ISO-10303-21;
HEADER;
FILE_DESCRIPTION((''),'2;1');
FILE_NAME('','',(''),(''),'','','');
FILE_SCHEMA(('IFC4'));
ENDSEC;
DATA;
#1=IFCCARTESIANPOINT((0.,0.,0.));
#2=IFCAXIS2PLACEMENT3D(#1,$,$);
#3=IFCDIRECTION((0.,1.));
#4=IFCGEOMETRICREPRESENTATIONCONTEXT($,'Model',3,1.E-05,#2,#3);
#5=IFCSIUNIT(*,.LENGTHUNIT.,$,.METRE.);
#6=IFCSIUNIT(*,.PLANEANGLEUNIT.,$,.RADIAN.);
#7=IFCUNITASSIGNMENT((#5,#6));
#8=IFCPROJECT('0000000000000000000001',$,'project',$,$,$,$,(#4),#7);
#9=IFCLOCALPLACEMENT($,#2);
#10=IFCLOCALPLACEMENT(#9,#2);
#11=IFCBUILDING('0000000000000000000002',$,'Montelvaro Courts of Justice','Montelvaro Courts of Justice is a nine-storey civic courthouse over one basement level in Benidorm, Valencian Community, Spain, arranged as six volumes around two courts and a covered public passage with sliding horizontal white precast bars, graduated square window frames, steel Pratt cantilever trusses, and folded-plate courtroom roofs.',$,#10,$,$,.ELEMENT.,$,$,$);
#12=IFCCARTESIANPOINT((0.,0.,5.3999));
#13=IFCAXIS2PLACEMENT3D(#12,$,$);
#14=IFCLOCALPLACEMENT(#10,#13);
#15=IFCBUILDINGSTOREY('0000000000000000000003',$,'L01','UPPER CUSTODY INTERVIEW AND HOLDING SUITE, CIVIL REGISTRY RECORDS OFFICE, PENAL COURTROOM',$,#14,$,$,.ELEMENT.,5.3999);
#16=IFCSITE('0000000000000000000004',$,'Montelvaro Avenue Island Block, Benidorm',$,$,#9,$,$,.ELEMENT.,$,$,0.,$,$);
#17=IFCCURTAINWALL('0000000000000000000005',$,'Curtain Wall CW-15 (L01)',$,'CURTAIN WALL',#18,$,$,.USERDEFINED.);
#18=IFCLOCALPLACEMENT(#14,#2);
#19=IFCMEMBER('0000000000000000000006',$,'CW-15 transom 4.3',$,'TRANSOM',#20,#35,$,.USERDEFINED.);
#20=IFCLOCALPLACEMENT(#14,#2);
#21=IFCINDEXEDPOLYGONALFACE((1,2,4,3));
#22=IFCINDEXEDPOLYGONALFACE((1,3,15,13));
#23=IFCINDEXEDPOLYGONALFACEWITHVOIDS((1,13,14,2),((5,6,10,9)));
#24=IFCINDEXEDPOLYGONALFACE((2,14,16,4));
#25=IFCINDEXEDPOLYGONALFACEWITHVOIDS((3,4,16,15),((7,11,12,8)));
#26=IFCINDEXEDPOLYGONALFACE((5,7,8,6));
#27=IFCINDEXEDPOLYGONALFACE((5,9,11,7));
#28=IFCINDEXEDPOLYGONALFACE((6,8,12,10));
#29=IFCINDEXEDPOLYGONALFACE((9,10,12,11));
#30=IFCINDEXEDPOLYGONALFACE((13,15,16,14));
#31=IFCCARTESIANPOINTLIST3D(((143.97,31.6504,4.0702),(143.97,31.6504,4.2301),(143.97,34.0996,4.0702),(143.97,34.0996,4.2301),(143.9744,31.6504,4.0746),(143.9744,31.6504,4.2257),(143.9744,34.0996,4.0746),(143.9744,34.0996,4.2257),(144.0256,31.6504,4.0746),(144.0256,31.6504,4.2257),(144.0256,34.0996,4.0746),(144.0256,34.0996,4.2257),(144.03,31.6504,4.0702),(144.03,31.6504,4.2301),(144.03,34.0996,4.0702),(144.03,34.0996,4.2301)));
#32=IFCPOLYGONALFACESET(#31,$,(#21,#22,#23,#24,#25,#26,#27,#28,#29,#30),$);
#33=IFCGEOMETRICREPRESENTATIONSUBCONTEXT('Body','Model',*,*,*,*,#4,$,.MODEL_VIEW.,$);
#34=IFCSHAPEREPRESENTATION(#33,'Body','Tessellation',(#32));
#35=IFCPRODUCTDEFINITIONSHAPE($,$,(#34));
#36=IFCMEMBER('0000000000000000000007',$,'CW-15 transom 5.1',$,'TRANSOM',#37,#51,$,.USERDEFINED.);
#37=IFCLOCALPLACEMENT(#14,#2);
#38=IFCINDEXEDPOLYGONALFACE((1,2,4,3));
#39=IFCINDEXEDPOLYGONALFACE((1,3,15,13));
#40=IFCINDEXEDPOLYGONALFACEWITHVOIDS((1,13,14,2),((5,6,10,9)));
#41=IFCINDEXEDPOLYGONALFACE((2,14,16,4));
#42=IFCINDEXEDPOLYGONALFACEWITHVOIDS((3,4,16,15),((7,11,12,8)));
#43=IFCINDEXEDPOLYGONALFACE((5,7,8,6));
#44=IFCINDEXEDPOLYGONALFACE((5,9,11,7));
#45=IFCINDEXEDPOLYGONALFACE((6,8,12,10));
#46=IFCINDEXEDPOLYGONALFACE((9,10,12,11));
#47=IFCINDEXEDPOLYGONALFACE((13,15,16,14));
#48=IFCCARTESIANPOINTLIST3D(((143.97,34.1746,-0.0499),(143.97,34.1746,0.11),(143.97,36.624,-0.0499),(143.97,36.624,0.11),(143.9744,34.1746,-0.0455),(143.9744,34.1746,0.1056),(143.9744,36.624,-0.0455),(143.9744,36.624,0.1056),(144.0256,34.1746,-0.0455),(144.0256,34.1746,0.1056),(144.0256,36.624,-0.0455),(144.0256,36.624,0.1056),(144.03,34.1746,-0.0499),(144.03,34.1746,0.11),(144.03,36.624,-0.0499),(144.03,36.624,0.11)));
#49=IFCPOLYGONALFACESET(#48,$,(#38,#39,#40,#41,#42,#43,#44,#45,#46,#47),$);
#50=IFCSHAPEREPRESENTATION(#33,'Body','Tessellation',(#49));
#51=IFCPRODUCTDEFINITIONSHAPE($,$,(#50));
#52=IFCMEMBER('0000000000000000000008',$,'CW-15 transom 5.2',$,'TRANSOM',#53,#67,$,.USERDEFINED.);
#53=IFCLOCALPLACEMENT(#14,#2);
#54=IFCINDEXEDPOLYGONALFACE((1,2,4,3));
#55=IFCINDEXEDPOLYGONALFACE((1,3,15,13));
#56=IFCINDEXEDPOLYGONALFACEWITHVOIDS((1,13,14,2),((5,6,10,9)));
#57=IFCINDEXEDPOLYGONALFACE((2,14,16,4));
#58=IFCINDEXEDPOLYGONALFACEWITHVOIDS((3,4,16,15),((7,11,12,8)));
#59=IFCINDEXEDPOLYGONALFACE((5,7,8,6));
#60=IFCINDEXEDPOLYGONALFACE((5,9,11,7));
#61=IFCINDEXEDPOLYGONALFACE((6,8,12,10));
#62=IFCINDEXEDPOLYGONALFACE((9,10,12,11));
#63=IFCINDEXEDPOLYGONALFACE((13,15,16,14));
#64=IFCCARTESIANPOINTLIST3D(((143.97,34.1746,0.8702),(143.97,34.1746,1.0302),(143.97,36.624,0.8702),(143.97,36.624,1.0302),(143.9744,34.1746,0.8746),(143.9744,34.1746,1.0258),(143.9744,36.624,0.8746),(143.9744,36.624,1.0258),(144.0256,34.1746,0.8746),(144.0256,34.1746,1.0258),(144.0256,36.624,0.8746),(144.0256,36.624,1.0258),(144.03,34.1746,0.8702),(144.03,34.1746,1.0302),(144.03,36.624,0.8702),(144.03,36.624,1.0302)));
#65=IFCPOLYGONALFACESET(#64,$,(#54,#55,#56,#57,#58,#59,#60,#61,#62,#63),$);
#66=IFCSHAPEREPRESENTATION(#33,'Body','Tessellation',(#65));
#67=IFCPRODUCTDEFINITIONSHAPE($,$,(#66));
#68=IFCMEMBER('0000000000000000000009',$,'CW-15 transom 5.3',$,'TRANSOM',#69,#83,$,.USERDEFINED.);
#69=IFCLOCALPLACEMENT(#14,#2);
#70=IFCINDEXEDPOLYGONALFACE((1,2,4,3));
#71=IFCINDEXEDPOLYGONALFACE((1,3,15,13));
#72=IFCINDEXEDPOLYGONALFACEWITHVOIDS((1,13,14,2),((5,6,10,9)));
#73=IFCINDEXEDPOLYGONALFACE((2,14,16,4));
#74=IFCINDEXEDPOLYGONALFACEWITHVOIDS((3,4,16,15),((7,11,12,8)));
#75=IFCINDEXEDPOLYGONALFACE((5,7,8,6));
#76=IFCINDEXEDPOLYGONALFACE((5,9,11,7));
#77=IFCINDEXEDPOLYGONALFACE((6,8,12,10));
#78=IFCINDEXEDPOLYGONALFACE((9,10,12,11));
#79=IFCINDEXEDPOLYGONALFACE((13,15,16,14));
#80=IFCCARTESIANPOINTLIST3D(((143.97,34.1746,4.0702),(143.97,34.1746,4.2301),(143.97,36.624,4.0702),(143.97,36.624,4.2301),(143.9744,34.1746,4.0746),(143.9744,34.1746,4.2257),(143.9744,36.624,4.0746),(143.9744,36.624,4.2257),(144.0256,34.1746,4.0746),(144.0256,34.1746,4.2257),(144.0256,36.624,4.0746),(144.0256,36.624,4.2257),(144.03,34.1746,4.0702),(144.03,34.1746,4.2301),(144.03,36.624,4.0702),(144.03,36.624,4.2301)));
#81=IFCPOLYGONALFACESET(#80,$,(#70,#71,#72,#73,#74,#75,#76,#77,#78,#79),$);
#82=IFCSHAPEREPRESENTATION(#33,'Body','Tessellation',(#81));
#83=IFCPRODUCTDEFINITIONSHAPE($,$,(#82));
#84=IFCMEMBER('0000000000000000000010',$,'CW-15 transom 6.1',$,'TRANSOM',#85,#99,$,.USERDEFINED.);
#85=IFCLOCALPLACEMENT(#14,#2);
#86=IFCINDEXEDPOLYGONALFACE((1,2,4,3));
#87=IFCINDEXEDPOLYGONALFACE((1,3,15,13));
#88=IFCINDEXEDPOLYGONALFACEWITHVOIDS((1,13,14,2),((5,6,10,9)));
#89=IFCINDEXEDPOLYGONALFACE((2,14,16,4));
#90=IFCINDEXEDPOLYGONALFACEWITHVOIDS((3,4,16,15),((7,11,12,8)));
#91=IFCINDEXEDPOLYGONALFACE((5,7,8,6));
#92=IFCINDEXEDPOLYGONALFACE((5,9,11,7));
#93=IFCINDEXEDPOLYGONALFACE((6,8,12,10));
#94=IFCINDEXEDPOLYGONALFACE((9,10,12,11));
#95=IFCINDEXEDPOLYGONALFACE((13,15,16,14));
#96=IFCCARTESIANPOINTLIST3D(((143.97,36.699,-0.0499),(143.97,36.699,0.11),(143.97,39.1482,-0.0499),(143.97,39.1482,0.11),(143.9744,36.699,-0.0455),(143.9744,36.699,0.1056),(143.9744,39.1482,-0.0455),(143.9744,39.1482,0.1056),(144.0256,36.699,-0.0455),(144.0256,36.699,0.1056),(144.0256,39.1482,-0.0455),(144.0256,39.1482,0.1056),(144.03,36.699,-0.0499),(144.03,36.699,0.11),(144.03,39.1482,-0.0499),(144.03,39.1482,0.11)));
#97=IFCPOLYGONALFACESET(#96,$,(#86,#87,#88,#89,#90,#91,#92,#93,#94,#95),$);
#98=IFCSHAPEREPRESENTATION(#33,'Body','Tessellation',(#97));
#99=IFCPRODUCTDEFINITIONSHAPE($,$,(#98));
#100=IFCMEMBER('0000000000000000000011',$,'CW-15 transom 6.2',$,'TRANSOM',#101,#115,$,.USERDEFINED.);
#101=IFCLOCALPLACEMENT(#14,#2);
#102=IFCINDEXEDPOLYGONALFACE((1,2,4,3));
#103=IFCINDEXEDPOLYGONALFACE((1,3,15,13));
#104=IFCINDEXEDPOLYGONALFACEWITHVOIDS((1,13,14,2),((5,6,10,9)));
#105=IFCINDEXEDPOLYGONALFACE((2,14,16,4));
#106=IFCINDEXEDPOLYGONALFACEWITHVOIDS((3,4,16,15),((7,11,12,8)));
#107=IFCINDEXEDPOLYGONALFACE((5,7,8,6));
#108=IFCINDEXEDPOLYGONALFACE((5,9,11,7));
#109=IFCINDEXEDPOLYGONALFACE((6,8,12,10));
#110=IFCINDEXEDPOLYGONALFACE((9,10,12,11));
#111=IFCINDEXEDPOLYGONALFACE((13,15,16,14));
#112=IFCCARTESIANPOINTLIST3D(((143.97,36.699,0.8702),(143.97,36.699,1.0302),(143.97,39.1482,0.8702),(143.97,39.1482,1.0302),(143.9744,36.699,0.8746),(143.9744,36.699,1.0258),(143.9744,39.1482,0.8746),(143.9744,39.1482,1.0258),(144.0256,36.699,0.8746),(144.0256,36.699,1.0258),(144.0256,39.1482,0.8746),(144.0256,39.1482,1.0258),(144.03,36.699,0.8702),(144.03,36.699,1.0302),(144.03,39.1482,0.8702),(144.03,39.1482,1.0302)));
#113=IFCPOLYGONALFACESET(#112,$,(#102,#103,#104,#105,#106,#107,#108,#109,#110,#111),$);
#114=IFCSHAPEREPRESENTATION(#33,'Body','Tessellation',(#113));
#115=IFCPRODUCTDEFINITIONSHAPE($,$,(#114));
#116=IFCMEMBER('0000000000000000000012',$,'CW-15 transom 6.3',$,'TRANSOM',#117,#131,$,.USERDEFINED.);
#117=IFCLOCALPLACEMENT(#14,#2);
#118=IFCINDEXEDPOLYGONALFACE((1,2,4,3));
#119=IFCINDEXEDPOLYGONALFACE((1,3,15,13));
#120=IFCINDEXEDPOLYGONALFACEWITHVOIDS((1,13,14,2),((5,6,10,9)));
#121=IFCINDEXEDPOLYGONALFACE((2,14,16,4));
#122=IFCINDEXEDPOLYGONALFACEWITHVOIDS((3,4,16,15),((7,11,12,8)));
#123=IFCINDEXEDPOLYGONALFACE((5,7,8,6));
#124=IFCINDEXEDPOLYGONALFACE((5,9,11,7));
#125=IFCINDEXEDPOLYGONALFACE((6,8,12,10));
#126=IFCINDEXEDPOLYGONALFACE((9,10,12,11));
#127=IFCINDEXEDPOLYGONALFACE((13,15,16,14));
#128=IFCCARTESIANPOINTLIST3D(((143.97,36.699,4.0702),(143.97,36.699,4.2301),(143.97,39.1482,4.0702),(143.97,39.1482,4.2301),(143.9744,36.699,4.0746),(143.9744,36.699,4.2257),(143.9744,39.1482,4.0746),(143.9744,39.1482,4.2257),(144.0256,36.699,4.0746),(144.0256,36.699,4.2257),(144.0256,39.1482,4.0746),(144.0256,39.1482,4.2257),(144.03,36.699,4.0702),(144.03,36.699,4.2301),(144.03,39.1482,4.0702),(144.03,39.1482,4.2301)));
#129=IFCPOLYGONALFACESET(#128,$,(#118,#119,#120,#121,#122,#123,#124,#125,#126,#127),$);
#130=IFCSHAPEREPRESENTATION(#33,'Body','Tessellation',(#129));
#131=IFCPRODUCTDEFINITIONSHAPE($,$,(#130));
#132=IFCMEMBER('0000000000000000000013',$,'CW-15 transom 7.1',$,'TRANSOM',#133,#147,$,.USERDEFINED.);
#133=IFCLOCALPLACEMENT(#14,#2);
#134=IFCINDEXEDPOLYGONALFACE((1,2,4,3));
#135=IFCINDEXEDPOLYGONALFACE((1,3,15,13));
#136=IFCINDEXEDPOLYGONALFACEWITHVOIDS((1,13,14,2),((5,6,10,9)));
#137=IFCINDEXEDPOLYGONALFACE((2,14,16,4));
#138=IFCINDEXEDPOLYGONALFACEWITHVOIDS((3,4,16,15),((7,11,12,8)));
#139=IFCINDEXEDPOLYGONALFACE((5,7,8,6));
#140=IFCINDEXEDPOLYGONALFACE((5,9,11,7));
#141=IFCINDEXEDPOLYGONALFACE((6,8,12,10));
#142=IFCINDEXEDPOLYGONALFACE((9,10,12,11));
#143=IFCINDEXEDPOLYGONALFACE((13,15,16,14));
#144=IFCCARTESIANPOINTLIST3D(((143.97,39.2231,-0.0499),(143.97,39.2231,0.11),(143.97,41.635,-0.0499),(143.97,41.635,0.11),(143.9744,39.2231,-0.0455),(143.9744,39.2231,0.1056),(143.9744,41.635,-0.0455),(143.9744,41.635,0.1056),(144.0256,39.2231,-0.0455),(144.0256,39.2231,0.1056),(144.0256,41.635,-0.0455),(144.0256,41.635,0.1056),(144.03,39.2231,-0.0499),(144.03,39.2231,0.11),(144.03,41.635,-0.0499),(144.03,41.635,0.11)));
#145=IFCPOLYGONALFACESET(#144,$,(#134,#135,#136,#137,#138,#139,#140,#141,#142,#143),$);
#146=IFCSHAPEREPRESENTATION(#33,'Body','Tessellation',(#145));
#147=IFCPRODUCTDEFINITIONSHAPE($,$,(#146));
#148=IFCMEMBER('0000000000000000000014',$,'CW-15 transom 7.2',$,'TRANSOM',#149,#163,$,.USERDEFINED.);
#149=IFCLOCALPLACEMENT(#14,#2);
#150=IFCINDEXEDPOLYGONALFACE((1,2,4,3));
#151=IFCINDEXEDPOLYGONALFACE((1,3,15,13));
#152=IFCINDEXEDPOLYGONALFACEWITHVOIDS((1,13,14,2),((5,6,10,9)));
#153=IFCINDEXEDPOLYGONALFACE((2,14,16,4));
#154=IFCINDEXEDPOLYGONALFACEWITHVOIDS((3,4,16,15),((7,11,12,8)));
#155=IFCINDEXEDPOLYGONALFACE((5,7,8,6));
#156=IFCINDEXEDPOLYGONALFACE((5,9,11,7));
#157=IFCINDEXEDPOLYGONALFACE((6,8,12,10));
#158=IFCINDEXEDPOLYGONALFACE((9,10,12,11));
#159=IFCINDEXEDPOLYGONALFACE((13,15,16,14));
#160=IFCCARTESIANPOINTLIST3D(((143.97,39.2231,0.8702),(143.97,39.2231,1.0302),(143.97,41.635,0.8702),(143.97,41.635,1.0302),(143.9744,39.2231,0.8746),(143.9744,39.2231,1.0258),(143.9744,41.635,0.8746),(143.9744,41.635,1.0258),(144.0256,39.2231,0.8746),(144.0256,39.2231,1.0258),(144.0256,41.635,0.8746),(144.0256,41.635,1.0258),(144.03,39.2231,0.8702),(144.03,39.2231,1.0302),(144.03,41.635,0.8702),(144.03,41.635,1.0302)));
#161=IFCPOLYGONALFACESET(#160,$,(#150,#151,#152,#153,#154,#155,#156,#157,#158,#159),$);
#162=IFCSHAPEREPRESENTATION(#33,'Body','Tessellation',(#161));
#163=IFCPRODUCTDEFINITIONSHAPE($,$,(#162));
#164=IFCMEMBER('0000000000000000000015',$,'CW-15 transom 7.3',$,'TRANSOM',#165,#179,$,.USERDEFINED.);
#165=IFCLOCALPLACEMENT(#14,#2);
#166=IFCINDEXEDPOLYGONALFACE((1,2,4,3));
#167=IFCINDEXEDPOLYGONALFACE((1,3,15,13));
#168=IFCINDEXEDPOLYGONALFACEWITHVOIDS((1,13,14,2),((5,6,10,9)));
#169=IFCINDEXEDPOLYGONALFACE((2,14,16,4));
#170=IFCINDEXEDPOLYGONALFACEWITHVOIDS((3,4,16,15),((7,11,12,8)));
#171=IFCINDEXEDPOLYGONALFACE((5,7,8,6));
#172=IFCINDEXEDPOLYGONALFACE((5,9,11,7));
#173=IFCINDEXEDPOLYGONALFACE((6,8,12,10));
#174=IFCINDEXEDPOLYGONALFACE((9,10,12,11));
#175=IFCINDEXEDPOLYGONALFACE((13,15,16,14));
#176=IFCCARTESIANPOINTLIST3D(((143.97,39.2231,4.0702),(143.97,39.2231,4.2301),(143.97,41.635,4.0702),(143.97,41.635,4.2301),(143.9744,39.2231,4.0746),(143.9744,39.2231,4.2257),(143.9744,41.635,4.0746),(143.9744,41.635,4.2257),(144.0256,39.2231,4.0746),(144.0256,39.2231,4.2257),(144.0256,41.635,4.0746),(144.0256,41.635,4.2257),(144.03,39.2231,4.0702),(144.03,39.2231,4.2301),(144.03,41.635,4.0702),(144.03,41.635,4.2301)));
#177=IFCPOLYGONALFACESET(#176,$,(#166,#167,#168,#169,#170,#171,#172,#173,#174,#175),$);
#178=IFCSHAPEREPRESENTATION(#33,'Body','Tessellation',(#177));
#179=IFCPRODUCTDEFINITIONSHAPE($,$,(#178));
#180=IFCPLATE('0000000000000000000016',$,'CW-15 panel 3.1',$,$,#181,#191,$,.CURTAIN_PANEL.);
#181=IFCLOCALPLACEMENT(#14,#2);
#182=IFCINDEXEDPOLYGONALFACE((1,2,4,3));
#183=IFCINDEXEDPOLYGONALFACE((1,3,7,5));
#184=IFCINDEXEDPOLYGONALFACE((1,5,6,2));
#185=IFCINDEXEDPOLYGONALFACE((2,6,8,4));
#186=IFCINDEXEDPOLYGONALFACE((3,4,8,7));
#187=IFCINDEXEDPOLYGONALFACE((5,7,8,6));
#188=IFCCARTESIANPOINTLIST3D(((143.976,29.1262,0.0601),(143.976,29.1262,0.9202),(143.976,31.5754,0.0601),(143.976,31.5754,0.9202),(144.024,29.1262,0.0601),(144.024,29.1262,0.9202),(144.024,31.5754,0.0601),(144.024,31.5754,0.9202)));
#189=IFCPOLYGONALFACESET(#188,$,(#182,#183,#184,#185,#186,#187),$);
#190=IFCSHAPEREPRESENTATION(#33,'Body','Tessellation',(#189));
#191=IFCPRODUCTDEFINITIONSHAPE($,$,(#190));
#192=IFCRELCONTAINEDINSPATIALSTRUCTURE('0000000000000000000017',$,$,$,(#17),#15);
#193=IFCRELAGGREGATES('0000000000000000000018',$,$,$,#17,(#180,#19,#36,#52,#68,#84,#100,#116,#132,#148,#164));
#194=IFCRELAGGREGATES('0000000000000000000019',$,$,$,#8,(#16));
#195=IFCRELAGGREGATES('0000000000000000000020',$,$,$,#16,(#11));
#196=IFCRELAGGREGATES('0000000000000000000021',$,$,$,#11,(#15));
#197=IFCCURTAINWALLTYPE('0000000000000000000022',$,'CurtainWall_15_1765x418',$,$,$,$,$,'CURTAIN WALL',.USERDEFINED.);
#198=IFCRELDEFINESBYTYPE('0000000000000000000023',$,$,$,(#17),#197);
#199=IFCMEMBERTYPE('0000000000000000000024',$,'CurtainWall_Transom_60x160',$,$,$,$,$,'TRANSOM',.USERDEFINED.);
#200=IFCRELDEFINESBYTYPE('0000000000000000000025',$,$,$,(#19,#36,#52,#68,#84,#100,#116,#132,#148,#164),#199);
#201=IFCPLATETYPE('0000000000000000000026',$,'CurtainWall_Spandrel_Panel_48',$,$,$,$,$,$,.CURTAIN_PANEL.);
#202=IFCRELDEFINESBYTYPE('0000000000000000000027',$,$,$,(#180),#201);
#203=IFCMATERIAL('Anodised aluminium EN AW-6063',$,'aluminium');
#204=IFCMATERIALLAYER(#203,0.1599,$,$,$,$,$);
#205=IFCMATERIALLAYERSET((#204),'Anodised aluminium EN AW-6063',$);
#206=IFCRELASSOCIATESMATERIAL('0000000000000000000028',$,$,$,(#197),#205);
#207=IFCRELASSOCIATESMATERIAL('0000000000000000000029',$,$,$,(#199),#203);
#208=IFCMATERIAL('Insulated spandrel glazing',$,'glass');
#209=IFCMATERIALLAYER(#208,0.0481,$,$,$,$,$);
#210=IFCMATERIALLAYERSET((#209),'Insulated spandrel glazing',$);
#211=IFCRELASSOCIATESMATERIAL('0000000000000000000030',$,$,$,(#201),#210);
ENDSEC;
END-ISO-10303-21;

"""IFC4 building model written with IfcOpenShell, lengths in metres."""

from ifc_helpers import new_model, si_unit, direction, frame, origin, origin_2d, place, context, subcontext, project, spatial, rectangle, hollow_rectangle, extrude, material, layer, layer_set, material_profile, profile_set, type_object, element, aggregate, save


model = new_model("IFC4")

# Units and contexts
model_context = context("Model", 3, precision=1e-05, world=origin(), true_north=direction((0.0, 1.0)))
body_context = subcontext(model_context, "Body", "Model", "MODEL_VIEW")
ifc_project = project(units=[si_unit("LENGTHUNIT", "METRE"), si_unit("PLANEANGLEUNIT", "RADIAN")], contexts=[model_context])

# Site, building, storey
site_placement = place(None, origin())
site = spatial("IfcSite", under=ifc_project, at=site_placement, Name="Montelvaro Avenue Island Block, Benidorm", CompositionType="ELEMENT", RefElevation=0.0)
building_placement = place(site_placement, origin())
building = spatial("IfcBuilding", under=site, at=building_placement, Name="Montelvaro Courts of Justice", Description="Montelvaro Courts of Justice is a nine-storey civic courthouse over one basement level in Benidorm, Valencian Community, Spain, arranged as six volumes around two courts and a covered public passage with sliding horizontal white precast bars, graduated square window frames, steel Pratt cantilever trusses, and folded-plate courtroom roofs.", CompositionType="ELEMENT")
storey_placement = place(building_placement, frame((0.0, 0.0, 5.3999)))
storey = spatial("IfcBuildingStorey", under=building, at=storey_placement, Name="L01", Description="UPPER CUSTODY INTERVIEW AND HOLDING SUITE, CIVIL REGISTRY RECORDS OFFICE, PENAL COURTROOM", CompositionType="ELEMENT", Elevation=5.3999)

# Curtain wall, members, plate
ifc_material_1 = material(Name="Anodised aluminium EN AW-6063", Category="aluminium")
ifc_layer_1 = layer(ifc_material_1, 0.1599)
ifc_layer_set_1 = layer_set([ifc_layer_1], Name="Anodised aluminium EN AW-6063")
curtain_wall_type = type_object("IfcCurtainWallType", Name="CurtainWall_15_1765x418", ElementType="CURTAIN WALL", PredefinedType="USERDEFINED", material=ifc_layer_set_1)
curtain_wall_placement = place(storey_placement, origin())
curtain_wall = element("IfcCurtainWall", 1, at=curtain_wall_placement, inside=storey, type_object=curtain_wall_type, Name="Curtain Wall CW-15 (L01)", ObjectType="CURTAIN WALL", PredefinedType="USERDEFINED")
ifc_material_profile_1 = material_profile(ifc_material_1, hollow_rectangle(XDim=0.0601, YDim=0.1599, WallThickness=0.0044, at=origin_2d()), Name="ALU-T 60x160")
ifc_profile_set_1 = profile_set([ifc_material_profile_1], Name="Anodised aluminium EN AW-6063")
member_type_1 = type_object("IfcMemberType", Name="CurtainWall_Transom_60x160", ElementType="TRANSOM", PredefinedType="USERDEFINED", material=ifc_profile_set_1)
member_1_placement = place(storey_placement, frame((144.0, 31.6504, 4.1501), z_axis=(0.0, 1.0, 0.0), x_axis=(-1.0, 0.0, 0.0)))
member_1 = element("IfcMember", 2, at=member_1_placement, type_object=member_type_1, Name="CW-15 transom 4.3", ObjectType="TRANSOM", PredefinedType="USERDEFINED", context=body_context, shape_type="SweptSolid", body=[
    extrude(hollow_rectangle(XDim=0.0601, YDim=0.1599, WallThickness=0.0044, at=origin_2d()), origin(), (0.0, 0.0, 1.0), 2.4492),
])
member_2_placement = place(storey_placement, frame((144.0, 34.1746, 0.03), z_axis=(0.0, 1.0, 0.0), x_axis=(-1.0, 0.0, 0.0)))
member_2 = element("IfcMember", 3, at=member_2_placement, type_object=member_type_1, Name="CW-15 transom 5.1", ObjectType="TRANSOM", PredefinedType="USERDEFINED", context=body_context, shape_type="SweptSolid", body=[
    extrude(hollow_rectangle(XDim=0.0601, YDim=0.1599, WallThickness=0.0044, at=origin_2d()), origin(), (0.0, 0.0, 1.0), 2.4495),
])
member_3_placement = place(storey_placement, frame((144.0, 34.1746, 0.9502), z_axis=(0.0, 1.0, 0.0), x_axis=(-1.0, 0.0, 0.0)))
member_3 = element("IfcMember", 4, at=member_3_placement, type_object=member_type_1, Name="CW-15 transom 5.2", ObjectType="TRANSOM", PredefinedType="USERDEFINED", context=body_context, shape_type="SweptSolid", body=[
    extrude(hollow_rectangle(XDim=0.0601, YDim=0.1599, WallThickness=0.0044, at=origin_2d()), origin(), (0.0, 0.0, 1.0), 2.4495),
])
member_4_placement = place(storey_placement, frame((144.0, 34.1746, 4.1501), z_axis=(0.0, 1.0, 0.0), x_axis=(-1.0, 0.0, 0.0)))
member_4 = element("IfcMember", 5, at=member_4_placement, type_object=member_type_1, Name="CW-15 transom 5.3", ObjectType="TRANSOM", PredefinedType="USERDEFINED", context=body_context, shape_type="SweptSolid", body=[
    extrude(hollow_rectangle(XDim=0.0601, YDim=0.1599, WallThickness=0.0044, at=origin_2d()), origin(), (0.0, 0.0, 1.0), 2.4495),
])
member_5_placement = place(storey_placement, frame((144.0, 36.699, 0.03), z_axis=(0.0, 1.0, 0.0), x_axis=(-1.0, 0.0, 0.0)))
member_5 = element("IfcMember", 6, at=member_5_placement, type_object=member_type_1, Name="CW-15 transom 6.1", ObjectType="TRANSOM", PredefinedType="USERDEFINED", context=body_context, shape_type="SweptSolid", body=[
    extrude(hollow_rectangle(XDim=0.0601, YDim=0.1599, WallThickness=0.0044, at=origin_2d()), origin(), (0.0, 0.0, 1.0), 2.4492),
])
member_6_placement = place(storey_placement, frame((144.0, 36.699, 0.9502), z_axis=(0.0, 1.0, 0.0), x_axis=(-1.0, 0.0, 0.0)))
member_6 = element("IfcMember", 7, at=member_6_placement, type_object=member_type_1, Name="CW-15 transom 6.2", ObjectType="TRANSOM", PredefinedType="USERDEFINED", context=body_context, shape_type="SweptSolid", body=[
    extrude(hollow_rectangle(XDim=0.0601, YDim=0.1599, WallThickness=0.0044, at=origin_2d()), origin(), (0.0, 0.0, 1.0), 2.4492),
])
member_7_placement = place(storey_placement, frame((144.0, 36.699, 4.1501), z_axis=(0.0, 1.0, 0.0), x_axis=(-1.0, 0.0, 0.0)))
member_7 = element("IfcMember", 8, at=member_7_placement, type_object=member_type_1, Name="CW-15 transom 6.3", ObjectType="TRANSOM", PredefinedType="USERDEFINED", context=body_context, shape_type="SweptSolid", body=[
    extrude(hollow_rectangle(XDim=0.0601, YDim=0.1599, WallThickness=0.0044, at=origin_2d()), origin(), (0.0, 0.0, 1.0), 2.4492),
])
member_8_placement = place(storey_placement, frame((144.0, 39.2231, 0.03), z_axis=(0.0, 1.0, 0.0), x_axis=(-1.0, 0.0, 0.0)))
member_8 = element("IfcMember", 9, at=member_8_placement, type_object=member_type_1, Name="CW-15 transom 7.1", ObjectType="TRANSOM", PredefinedType="USERDEFINED", context=body_context, shape_type="SweptSolid", body=[
    extrude(hollow_rectangle(XDim=0.0601, YDim=0.1599, WallThickness=0.0044, at=origin_2d()), origin(), (0.0, 0.0, 1.0), 2.4119),
])
member_9_placement = place(storey_placement, frame((144.0, 39.2231, 0.9502), z_axis=(0.0, 1.0, 0.0), x_axis=(-1.0, 0.0, 0.0)))
member_9 = element("IfcMember", 10, at=member_9_placement, type_object=member_type_1, Name="CW-15 transom 7.2", ObjectType="TRANSOM", PredefinedType="USERDEFINED", context=body_context, shape_type="SweptSolid", body=[
    extrude(hollow_rectangle(XDim=0.0601, YDim=0.1599, WallThickness=0.0044, at=origin_2d()), origin(), (0.0, 0.0, 1.0), 2.4119),
])
member_10_placement = place(storey_placement, frame((144.0, 39.2231, 4.1501), z_axis=(0.0, 1.0, 0.0), x_axis=(-1.0, 0.0, 0.0)))
member_10 = element("IfcMember", 11, at=member_10_placement, type_object=member_type_1, Name="CW-15 transom 7.3", ObjectType="TRANSOM", PredefinedType="USERDEFINED", context=body_context, shape_type="SweptSolid", body=[
    extrude(hollow_rectangle(XDim=0.0601, YDim=0.1599, WallThickness=0.0044, at=origin_2d()), origin(), (0.0, 0.0, 1.0), 2.4119),
])
ifc_material_2 = material(Name="Insulated spandrel glazing", Category="glass")
ifc_layer_2 = layer(ifc_material_2, 0.0481)
ifc_layer_set_2 = layer_set([ifc_layer_2], Name="Insulated spandrel glazing")
plate_type = type_object("IfcPlateType", Name="CurtainWall_Spandrel_Panel_48", PredefinedType="CURTAIN_PANEL", material=ifc_layer_set_2)
plate_1_placement = place(storey_placement, frame((144.0, 30.3508, 0.0601), z_axis=(0.0, 0.0, 1.0), x_axis=(0.0, 1.0, 0.0)))
plate_1 = element("IfcPlate", 12, at=plate_1_placement, type_object=plate_type, Name="CW-15 panel 3.1", PredefinedType="CURTAIN_PANEL", context=body_context, shape_type="SweptSolid", body=[
    extrude(rectangle(XDim=2.4492, YDim=0.0481, at=origin_2d()), origin(), (0.0, 0.0, 1.0), 0.8601),
])
aggregate(curtain_wall, [plate_1, member_1, member_2, member_3, member_4, member_5, member_6, member_7, member_8, member_9, member_10])

save(model, "model.ifc")
